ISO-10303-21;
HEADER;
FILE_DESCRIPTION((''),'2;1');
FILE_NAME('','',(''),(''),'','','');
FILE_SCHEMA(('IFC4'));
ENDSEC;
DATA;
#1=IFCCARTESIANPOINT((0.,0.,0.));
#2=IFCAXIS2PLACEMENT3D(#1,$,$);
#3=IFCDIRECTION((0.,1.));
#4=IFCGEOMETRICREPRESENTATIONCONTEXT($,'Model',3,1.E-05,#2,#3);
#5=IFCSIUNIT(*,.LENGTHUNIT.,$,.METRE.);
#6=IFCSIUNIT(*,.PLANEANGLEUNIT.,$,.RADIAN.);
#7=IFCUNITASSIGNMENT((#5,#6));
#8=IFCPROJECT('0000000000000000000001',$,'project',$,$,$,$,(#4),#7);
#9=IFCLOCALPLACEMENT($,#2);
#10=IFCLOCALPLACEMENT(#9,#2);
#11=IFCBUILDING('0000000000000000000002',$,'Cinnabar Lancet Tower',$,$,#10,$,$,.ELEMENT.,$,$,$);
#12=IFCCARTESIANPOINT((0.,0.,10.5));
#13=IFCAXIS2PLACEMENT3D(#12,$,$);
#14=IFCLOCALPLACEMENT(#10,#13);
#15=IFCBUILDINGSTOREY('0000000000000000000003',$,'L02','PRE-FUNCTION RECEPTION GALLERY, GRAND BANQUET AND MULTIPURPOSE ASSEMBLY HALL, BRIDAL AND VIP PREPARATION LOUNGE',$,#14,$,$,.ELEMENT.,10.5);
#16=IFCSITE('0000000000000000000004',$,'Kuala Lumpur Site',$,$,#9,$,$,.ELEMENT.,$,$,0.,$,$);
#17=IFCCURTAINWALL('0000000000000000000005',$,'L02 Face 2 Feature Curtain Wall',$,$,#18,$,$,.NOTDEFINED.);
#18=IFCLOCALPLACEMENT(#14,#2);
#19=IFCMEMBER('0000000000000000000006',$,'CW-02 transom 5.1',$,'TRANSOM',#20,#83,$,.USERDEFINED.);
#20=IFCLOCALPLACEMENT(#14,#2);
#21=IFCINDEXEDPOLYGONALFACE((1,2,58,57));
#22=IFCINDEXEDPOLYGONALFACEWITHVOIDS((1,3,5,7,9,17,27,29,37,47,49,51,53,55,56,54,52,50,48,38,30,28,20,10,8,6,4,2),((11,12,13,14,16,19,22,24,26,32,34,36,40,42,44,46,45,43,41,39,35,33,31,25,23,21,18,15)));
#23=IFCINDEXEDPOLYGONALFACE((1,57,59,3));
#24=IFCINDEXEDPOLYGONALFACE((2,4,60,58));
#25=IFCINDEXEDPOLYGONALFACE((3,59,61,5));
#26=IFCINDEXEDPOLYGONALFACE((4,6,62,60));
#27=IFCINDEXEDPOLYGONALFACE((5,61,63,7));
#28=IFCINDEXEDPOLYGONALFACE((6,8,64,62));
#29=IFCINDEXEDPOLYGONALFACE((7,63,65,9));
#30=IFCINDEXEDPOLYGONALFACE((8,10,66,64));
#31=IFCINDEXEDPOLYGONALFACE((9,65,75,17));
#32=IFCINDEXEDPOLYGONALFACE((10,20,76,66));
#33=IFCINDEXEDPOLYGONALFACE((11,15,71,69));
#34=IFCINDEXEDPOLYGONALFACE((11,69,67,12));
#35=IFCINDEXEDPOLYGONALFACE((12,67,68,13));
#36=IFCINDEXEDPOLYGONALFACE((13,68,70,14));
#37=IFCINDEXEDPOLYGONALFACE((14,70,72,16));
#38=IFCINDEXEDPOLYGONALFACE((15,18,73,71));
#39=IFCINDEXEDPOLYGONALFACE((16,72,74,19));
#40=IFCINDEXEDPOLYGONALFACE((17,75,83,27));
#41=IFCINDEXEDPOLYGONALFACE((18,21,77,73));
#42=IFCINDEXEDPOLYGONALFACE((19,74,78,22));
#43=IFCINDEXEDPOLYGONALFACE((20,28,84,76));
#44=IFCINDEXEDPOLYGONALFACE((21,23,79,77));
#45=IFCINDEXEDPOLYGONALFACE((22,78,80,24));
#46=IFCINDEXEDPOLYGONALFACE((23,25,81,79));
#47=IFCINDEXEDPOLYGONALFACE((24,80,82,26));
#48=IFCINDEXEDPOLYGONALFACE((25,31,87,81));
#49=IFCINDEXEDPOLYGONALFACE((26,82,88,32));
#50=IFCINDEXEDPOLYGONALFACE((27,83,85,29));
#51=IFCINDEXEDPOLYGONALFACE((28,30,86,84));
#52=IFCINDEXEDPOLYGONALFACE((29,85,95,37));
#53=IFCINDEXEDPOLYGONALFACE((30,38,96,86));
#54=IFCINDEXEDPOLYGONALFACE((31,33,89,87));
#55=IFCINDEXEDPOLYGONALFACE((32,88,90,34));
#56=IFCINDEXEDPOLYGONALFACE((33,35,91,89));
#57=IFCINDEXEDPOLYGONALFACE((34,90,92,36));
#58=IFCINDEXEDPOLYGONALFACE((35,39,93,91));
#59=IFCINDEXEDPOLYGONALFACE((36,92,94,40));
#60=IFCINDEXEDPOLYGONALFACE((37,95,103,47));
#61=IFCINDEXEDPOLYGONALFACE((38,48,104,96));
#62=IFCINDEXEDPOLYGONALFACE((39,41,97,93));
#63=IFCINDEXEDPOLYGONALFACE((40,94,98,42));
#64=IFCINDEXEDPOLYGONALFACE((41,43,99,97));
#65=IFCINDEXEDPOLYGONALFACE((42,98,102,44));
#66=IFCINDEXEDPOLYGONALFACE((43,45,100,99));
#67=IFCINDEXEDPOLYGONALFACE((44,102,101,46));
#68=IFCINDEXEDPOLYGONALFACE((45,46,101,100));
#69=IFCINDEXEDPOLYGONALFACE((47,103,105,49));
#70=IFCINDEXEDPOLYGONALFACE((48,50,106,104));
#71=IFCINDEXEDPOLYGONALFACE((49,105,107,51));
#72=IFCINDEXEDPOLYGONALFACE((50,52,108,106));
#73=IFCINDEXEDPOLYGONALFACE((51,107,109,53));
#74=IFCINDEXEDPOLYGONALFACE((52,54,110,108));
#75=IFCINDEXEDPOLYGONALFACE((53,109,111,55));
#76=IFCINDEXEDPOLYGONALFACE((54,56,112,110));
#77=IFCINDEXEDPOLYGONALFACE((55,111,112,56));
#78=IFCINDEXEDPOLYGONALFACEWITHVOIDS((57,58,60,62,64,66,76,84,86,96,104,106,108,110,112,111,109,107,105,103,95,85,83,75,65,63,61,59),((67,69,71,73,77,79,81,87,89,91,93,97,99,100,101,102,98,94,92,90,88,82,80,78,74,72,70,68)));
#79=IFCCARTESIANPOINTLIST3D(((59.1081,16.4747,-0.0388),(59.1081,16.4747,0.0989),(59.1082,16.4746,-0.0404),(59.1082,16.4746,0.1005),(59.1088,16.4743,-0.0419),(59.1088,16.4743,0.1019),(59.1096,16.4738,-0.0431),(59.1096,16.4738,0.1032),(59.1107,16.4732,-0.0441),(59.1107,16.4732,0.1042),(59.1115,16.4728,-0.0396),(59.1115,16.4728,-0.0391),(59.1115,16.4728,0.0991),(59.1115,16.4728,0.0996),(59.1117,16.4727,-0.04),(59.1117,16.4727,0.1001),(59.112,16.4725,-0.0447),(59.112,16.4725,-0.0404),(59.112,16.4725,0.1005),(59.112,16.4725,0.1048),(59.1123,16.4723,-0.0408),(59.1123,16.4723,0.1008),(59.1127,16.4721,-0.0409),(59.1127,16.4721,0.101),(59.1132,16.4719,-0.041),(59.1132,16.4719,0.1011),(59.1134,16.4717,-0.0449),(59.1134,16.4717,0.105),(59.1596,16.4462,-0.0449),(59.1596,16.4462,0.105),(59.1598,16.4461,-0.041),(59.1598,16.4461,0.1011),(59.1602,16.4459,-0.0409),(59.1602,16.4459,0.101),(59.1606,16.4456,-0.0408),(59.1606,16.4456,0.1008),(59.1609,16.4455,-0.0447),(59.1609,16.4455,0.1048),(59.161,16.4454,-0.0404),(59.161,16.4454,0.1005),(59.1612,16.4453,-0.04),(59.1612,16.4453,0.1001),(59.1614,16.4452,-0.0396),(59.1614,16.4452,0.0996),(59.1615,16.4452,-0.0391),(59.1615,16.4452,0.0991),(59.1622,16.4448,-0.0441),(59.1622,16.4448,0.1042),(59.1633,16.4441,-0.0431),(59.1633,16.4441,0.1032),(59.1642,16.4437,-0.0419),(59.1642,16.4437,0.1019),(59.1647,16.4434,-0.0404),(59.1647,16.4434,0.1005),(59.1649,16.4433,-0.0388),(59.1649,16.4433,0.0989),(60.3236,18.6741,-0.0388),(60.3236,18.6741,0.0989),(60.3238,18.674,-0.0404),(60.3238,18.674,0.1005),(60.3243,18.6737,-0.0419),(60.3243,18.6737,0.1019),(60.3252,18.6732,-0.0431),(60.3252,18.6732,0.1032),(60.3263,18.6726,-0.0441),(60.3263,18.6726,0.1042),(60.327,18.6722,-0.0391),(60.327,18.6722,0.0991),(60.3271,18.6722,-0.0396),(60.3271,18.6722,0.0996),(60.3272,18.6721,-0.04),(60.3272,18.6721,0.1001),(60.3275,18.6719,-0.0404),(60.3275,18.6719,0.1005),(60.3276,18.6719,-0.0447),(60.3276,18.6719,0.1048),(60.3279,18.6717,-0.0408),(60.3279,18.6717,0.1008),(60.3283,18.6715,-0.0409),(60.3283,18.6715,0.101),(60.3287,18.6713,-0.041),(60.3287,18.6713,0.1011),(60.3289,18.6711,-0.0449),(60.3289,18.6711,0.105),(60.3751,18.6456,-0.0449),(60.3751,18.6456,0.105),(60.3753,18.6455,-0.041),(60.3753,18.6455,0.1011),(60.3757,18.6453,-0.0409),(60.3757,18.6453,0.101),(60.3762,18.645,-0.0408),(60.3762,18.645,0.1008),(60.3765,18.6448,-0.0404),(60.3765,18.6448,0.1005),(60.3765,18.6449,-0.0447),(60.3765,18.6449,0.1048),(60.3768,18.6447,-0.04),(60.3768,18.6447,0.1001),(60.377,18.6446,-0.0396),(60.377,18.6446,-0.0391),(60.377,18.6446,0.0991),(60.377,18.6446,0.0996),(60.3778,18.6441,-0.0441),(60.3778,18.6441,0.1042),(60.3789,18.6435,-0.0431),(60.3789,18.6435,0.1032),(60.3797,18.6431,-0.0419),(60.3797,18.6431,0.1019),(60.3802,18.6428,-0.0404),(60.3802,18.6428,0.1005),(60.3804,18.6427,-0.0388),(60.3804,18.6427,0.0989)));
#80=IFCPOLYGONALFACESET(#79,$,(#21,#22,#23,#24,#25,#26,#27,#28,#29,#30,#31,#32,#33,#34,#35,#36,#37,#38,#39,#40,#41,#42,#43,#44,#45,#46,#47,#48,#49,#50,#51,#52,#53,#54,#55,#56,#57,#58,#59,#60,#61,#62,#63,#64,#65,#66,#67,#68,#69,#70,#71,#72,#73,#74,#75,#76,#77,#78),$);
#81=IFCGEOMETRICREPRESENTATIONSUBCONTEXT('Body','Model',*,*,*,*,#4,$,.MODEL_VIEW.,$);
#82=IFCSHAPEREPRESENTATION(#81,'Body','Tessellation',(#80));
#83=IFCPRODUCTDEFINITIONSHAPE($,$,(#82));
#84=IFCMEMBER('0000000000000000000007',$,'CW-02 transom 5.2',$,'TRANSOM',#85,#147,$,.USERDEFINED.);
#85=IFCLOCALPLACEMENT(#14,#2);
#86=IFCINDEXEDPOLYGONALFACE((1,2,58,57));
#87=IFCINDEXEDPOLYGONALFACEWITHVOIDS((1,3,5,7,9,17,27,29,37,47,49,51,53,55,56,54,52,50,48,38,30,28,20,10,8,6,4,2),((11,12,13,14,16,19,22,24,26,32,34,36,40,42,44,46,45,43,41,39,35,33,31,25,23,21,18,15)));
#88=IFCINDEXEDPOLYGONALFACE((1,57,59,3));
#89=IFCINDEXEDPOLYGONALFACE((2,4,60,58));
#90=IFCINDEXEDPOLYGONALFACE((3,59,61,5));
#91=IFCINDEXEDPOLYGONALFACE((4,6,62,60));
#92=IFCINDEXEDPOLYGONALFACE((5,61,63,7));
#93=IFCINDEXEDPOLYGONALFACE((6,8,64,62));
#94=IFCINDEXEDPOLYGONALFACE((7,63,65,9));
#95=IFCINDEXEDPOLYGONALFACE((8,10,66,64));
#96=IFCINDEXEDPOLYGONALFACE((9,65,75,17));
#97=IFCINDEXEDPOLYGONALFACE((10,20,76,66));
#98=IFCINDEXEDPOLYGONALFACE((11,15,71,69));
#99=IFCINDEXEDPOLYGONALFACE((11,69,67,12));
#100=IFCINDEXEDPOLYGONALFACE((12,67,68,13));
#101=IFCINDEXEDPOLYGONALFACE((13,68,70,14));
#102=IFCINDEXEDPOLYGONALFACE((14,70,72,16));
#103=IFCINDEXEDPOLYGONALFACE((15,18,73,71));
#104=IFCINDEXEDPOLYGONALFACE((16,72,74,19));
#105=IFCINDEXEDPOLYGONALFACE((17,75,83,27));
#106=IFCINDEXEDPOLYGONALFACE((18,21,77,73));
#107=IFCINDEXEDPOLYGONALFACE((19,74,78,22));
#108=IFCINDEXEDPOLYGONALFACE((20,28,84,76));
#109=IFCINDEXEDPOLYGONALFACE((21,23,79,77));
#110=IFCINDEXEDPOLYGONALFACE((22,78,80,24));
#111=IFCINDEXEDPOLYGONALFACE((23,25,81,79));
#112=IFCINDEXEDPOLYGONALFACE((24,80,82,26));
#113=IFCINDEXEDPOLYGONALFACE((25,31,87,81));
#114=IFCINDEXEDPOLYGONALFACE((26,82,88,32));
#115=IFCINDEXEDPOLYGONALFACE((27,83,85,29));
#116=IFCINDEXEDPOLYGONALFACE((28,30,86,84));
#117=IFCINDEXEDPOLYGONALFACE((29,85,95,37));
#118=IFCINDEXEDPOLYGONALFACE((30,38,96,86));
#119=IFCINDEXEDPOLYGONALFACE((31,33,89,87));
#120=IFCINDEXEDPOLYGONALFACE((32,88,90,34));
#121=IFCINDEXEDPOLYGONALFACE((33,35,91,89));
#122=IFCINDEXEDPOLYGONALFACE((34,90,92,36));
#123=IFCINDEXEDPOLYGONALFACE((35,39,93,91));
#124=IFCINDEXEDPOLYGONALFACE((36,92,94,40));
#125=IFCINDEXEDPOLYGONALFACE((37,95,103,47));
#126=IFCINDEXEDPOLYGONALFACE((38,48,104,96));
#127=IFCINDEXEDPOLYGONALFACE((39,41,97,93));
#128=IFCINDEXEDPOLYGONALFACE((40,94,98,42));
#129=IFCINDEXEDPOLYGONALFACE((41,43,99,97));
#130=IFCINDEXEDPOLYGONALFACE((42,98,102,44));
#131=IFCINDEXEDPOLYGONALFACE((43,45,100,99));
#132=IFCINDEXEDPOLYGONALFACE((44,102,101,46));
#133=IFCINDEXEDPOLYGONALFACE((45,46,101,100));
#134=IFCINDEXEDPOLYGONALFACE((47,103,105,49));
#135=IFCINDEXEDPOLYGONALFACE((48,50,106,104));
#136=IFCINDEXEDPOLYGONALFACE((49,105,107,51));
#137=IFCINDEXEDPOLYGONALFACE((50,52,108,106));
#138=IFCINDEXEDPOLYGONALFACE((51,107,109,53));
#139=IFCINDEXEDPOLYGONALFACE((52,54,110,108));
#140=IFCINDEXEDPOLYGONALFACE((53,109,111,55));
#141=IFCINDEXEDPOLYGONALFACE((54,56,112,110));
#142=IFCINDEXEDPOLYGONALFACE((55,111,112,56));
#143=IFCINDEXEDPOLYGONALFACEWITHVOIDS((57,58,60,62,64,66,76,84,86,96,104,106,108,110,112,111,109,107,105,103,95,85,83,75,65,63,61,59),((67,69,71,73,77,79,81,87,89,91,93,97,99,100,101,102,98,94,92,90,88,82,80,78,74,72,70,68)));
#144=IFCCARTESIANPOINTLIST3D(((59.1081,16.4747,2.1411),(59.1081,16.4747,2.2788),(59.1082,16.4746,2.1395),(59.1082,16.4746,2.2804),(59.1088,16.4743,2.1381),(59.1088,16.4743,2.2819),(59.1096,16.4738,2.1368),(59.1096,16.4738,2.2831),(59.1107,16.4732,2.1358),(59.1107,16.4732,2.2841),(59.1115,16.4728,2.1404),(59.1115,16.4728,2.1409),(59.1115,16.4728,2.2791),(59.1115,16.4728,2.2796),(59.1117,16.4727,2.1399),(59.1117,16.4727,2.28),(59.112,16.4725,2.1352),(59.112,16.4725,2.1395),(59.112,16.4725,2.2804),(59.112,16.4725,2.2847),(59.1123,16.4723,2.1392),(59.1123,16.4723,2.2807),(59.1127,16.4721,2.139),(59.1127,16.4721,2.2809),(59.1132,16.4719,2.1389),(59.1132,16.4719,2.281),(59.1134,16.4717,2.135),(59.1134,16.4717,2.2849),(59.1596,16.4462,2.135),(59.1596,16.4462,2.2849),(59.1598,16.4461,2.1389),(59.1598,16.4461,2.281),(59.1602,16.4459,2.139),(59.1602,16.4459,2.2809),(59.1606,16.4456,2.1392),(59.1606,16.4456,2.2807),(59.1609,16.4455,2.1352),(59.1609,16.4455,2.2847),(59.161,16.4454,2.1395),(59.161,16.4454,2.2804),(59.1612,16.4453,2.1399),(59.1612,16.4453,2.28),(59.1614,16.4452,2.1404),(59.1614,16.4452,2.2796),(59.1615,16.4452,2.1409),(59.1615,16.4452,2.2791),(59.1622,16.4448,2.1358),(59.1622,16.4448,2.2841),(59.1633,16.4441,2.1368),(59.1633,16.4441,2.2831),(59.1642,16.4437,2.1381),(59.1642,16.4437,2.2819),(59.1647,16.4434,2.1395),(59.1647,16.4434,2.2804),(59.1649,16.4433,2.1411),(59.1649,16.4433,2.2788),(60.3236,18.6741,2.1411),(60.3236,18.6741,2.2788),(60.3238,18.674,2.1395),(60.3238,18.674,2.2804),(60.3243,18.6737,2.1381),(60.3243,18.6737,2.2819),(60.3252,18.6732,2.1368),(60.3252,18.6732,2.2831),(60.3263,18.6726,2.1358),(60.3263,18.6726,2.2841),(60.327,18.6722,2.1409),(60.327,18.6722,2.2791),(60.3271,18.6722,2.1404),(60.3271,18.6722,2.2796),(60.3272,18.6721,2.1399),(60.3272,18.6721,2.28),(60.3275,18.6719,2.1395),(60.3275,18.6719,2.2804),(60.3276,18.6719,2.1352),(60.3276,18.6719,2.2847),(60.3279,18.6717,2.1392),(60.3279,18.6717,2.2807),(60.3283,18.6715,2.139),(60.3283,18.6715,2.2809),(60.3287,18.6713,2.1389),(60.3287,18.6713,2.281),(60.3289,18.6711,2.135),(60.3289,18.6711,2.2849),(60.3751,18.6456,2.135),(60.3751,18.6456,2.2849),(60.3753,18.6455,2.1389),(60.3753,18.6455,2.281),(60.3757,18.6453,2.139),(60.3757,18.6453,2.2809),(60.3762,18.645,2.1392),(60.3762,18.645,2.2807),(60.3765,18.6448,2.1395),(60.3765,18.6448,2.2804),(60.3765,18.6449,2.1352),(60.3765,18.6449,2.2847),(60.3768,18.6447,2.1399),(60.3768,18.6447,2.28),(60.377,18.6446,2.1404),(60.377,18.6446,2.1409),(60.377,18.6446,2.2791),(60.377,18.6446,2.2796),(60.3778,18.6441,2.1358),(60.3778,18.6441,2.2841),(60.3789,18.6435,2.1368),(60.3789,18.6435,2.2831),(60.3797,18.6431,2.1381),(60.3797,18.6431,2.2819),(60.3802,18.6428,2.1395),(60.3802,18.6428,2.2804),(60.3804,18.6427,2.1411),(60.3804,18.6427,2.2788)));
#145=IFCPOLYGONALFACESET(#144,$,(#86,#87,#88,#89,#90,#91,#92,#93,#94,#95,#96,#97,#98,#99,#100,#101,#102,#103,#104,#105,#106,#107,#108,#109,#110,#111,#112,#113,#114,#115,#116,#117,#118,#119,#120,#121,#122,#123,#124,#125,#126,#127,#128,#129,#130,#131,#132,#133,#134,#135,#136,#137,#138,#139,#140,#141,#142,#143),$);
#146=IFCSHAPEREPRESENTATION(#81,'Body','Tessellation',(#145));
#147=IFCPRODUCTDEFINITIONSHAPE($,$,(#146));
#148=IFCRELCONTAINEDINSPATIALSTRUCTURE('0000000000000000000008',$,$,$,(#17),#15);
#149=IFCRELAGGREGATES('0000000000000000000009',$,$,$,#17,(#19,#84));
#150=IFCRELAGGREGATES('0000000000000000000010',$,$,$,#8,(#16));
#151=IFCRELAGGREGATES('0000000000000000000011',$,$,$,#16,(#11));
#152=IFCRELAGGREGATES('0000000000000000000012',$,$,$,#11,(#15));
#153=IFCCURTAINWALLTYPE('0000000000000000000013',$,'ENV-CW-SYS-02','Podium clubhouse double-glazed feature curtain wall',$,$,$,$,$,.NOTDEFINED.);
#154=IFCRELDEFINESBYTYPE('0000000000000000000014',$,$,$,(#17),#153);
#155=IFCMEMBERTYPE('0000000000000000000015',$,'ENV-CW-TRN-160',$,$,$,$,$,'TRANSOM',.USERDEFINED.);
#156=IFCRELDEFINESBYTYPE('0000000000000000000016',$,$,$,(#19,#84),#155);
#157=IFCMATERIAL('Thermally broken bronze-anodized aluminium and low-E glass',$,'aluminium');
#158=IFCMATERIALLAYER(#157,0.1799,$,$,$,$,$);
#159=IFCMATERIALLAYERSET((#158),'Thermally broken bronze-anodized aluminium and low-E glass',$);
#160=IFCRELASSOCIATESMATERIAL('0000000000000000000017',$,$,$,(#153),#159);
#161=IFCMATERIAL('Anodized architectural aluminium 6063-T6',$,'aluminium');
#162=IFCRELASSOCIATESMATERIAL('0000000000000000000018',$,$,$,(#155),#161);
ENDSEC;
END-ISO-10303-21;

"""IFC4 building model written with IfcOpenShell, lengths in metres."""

from ifc_helpers import new_model, si_unit, direction, frame, origin, origin_2d, place, context, subcontext, project, spatial, hollow_rectangle, extrude, material, layer, layer_set, material_profile, profile_set, type_object, element, aggregate, save


model = new_model("IFC4")

# Units and contexts
model_context = context("Model", 3, precision=1e-05, world=origin(), true_north=direction((0.0, 1.0)))
body_context = subcontext(model_context, "Body", "Model", "MODEL_VIEW")
ifc_project = project(units=[si_unit("LENGTHUNIT", "METRE"), si_unit("PLANEANGLEUNIT", "RADIAN")], contexts=[model_context])

# Site, building, storey
site_placement = place(None, origin())
site = spatial("IfcSite", under=ifc_project, at=site_placement, Name="Kuala Lumpur Site", CompositionType="ELEMENT", RefElevation=0.0)
building_placement = place(site_placement, origin())
building = spatial("IfcBuilding", under=site, at=building_placement, Name="Cinnabar Lancet Tower", CompositionType="ELEMENT")
storey_placement = place(building_placement, frame((0.0, 0.0, 10.5)))
storey = spatial("IfcBuildingStorey", under=building, at=storey_placement, Name="L02", Description="PRE-FUNCTION RECEPTION GALLERY, GRAND BANQUET AND MULTIPURPOSE ASSEMBLY HALL, BRIDAL AND VIP PREPARATION LOUNGE", CompositionType="ELEMENT", Elevation=10.5)

# Curtain wall, members
ifc_material_1 = material(Name="Thermally broken bronze-anodized aluminium and low-E glass", Category="aluminium")
ifc_layer_1 = layer(ifc_material_1, 0.1799)
ifc_layer_set_1 = layer_set([ifc_layer_1], Name="Thermally broken bronze-anodized aluminium and low-E glass")
curtain_wall_type = type_object("IfcCurtainWallType", Name="ENV-CW-SYS-02", Description="Podium clubhouse double-glazed feature curtain wall", PredefinedType="NOTDEFINED", material=ifc_layer_set_1)
curtain_wall_placement = place(storey_placement, origin())
curtain_wall = element("IfcCurtainWall", 1, at=curtain_wall_placement, inside=storey, type_object=curtain_wall_type, Name="L02 Face 2 Feature Curtain Wall", PredefinedType="NOTDEFINED")
ifc_material_2 = material(Name="Anodized architectural aluminium 6063-T6", Category="aluminium")
ifc_material_profile_1 = material_profile(ifc_material_2, hollow_rectangle(XDim=0.0649, YDim=0.1499, WallThickness=0.0039, InnerFilletRadius=0.002, OuterFilletRadius=0.0061, at=origin_2d()), Name="CW-TRN 150x65x4")
ifc_profile_set_1 = profile_set([ifc_material_profile_1], Name="Anodized architectural aluminium 6063-T6")
member_type_1 = type_object("IfcMemberType", Name="ENV-CW-TRN-160", ElementType="TRANSOM", PredefinedType="USERDEFINED", material=ifc_profile_set_1)
member_1_placement = place(storey_placement, frame((59.1365, 16.459, 0.03), z_axis=(0.483712, 0.875227, 0.0), x_axis=(-0.875227, 0.483712, 0.0)))
member_1 = element("IfcMember", 2, at=member_1_placement, type_object=member_type_1, Name="CW-02 transom 5.1", ObjectType="TRANSOM", PredefinedType="USERDEFINED", context=body_context, shape_type="SweptSolid", body=[
    extrude(hollow_rectangle(XDim=0.0649, YDim=0.1499, WallThickness=0.0039, InnerFilletRadius=0.002, OuterFilletRadius=0.0061, at=origin_2d()), origin(), (0.0, 0.0, 1.0), 2.5129),
])
member_2_placement = place(storey_placement, frame((59.1365, 16.459, 2.21), z_axis=(0.483712, 0.875227, 0.0), x_axis=(-0.875227, 0.483712, 0.0)))
member_2 = element("IfcMember", 3, at=member_2_placement, type_object=member_type_1, Name="CW-02 transom 5.2", ObjectType="TRANSOM", PredefinedType="USERDEFINED", context=body_context, shape_type="SweptSolid", body=[
    extrude(hollow_rectangle(XDim=0.0649, YDim=0.1499, WallThickness=0.0039, InnerFilletRadius=0.002, OuterFilletRadius=0.0061, at=origin_2d()), origin(), (0.0, 0.0, 1.0), 2.5129),
])

aggregate(curtain_wall, [member_1, member_2])

save(model, "model.ifc")
